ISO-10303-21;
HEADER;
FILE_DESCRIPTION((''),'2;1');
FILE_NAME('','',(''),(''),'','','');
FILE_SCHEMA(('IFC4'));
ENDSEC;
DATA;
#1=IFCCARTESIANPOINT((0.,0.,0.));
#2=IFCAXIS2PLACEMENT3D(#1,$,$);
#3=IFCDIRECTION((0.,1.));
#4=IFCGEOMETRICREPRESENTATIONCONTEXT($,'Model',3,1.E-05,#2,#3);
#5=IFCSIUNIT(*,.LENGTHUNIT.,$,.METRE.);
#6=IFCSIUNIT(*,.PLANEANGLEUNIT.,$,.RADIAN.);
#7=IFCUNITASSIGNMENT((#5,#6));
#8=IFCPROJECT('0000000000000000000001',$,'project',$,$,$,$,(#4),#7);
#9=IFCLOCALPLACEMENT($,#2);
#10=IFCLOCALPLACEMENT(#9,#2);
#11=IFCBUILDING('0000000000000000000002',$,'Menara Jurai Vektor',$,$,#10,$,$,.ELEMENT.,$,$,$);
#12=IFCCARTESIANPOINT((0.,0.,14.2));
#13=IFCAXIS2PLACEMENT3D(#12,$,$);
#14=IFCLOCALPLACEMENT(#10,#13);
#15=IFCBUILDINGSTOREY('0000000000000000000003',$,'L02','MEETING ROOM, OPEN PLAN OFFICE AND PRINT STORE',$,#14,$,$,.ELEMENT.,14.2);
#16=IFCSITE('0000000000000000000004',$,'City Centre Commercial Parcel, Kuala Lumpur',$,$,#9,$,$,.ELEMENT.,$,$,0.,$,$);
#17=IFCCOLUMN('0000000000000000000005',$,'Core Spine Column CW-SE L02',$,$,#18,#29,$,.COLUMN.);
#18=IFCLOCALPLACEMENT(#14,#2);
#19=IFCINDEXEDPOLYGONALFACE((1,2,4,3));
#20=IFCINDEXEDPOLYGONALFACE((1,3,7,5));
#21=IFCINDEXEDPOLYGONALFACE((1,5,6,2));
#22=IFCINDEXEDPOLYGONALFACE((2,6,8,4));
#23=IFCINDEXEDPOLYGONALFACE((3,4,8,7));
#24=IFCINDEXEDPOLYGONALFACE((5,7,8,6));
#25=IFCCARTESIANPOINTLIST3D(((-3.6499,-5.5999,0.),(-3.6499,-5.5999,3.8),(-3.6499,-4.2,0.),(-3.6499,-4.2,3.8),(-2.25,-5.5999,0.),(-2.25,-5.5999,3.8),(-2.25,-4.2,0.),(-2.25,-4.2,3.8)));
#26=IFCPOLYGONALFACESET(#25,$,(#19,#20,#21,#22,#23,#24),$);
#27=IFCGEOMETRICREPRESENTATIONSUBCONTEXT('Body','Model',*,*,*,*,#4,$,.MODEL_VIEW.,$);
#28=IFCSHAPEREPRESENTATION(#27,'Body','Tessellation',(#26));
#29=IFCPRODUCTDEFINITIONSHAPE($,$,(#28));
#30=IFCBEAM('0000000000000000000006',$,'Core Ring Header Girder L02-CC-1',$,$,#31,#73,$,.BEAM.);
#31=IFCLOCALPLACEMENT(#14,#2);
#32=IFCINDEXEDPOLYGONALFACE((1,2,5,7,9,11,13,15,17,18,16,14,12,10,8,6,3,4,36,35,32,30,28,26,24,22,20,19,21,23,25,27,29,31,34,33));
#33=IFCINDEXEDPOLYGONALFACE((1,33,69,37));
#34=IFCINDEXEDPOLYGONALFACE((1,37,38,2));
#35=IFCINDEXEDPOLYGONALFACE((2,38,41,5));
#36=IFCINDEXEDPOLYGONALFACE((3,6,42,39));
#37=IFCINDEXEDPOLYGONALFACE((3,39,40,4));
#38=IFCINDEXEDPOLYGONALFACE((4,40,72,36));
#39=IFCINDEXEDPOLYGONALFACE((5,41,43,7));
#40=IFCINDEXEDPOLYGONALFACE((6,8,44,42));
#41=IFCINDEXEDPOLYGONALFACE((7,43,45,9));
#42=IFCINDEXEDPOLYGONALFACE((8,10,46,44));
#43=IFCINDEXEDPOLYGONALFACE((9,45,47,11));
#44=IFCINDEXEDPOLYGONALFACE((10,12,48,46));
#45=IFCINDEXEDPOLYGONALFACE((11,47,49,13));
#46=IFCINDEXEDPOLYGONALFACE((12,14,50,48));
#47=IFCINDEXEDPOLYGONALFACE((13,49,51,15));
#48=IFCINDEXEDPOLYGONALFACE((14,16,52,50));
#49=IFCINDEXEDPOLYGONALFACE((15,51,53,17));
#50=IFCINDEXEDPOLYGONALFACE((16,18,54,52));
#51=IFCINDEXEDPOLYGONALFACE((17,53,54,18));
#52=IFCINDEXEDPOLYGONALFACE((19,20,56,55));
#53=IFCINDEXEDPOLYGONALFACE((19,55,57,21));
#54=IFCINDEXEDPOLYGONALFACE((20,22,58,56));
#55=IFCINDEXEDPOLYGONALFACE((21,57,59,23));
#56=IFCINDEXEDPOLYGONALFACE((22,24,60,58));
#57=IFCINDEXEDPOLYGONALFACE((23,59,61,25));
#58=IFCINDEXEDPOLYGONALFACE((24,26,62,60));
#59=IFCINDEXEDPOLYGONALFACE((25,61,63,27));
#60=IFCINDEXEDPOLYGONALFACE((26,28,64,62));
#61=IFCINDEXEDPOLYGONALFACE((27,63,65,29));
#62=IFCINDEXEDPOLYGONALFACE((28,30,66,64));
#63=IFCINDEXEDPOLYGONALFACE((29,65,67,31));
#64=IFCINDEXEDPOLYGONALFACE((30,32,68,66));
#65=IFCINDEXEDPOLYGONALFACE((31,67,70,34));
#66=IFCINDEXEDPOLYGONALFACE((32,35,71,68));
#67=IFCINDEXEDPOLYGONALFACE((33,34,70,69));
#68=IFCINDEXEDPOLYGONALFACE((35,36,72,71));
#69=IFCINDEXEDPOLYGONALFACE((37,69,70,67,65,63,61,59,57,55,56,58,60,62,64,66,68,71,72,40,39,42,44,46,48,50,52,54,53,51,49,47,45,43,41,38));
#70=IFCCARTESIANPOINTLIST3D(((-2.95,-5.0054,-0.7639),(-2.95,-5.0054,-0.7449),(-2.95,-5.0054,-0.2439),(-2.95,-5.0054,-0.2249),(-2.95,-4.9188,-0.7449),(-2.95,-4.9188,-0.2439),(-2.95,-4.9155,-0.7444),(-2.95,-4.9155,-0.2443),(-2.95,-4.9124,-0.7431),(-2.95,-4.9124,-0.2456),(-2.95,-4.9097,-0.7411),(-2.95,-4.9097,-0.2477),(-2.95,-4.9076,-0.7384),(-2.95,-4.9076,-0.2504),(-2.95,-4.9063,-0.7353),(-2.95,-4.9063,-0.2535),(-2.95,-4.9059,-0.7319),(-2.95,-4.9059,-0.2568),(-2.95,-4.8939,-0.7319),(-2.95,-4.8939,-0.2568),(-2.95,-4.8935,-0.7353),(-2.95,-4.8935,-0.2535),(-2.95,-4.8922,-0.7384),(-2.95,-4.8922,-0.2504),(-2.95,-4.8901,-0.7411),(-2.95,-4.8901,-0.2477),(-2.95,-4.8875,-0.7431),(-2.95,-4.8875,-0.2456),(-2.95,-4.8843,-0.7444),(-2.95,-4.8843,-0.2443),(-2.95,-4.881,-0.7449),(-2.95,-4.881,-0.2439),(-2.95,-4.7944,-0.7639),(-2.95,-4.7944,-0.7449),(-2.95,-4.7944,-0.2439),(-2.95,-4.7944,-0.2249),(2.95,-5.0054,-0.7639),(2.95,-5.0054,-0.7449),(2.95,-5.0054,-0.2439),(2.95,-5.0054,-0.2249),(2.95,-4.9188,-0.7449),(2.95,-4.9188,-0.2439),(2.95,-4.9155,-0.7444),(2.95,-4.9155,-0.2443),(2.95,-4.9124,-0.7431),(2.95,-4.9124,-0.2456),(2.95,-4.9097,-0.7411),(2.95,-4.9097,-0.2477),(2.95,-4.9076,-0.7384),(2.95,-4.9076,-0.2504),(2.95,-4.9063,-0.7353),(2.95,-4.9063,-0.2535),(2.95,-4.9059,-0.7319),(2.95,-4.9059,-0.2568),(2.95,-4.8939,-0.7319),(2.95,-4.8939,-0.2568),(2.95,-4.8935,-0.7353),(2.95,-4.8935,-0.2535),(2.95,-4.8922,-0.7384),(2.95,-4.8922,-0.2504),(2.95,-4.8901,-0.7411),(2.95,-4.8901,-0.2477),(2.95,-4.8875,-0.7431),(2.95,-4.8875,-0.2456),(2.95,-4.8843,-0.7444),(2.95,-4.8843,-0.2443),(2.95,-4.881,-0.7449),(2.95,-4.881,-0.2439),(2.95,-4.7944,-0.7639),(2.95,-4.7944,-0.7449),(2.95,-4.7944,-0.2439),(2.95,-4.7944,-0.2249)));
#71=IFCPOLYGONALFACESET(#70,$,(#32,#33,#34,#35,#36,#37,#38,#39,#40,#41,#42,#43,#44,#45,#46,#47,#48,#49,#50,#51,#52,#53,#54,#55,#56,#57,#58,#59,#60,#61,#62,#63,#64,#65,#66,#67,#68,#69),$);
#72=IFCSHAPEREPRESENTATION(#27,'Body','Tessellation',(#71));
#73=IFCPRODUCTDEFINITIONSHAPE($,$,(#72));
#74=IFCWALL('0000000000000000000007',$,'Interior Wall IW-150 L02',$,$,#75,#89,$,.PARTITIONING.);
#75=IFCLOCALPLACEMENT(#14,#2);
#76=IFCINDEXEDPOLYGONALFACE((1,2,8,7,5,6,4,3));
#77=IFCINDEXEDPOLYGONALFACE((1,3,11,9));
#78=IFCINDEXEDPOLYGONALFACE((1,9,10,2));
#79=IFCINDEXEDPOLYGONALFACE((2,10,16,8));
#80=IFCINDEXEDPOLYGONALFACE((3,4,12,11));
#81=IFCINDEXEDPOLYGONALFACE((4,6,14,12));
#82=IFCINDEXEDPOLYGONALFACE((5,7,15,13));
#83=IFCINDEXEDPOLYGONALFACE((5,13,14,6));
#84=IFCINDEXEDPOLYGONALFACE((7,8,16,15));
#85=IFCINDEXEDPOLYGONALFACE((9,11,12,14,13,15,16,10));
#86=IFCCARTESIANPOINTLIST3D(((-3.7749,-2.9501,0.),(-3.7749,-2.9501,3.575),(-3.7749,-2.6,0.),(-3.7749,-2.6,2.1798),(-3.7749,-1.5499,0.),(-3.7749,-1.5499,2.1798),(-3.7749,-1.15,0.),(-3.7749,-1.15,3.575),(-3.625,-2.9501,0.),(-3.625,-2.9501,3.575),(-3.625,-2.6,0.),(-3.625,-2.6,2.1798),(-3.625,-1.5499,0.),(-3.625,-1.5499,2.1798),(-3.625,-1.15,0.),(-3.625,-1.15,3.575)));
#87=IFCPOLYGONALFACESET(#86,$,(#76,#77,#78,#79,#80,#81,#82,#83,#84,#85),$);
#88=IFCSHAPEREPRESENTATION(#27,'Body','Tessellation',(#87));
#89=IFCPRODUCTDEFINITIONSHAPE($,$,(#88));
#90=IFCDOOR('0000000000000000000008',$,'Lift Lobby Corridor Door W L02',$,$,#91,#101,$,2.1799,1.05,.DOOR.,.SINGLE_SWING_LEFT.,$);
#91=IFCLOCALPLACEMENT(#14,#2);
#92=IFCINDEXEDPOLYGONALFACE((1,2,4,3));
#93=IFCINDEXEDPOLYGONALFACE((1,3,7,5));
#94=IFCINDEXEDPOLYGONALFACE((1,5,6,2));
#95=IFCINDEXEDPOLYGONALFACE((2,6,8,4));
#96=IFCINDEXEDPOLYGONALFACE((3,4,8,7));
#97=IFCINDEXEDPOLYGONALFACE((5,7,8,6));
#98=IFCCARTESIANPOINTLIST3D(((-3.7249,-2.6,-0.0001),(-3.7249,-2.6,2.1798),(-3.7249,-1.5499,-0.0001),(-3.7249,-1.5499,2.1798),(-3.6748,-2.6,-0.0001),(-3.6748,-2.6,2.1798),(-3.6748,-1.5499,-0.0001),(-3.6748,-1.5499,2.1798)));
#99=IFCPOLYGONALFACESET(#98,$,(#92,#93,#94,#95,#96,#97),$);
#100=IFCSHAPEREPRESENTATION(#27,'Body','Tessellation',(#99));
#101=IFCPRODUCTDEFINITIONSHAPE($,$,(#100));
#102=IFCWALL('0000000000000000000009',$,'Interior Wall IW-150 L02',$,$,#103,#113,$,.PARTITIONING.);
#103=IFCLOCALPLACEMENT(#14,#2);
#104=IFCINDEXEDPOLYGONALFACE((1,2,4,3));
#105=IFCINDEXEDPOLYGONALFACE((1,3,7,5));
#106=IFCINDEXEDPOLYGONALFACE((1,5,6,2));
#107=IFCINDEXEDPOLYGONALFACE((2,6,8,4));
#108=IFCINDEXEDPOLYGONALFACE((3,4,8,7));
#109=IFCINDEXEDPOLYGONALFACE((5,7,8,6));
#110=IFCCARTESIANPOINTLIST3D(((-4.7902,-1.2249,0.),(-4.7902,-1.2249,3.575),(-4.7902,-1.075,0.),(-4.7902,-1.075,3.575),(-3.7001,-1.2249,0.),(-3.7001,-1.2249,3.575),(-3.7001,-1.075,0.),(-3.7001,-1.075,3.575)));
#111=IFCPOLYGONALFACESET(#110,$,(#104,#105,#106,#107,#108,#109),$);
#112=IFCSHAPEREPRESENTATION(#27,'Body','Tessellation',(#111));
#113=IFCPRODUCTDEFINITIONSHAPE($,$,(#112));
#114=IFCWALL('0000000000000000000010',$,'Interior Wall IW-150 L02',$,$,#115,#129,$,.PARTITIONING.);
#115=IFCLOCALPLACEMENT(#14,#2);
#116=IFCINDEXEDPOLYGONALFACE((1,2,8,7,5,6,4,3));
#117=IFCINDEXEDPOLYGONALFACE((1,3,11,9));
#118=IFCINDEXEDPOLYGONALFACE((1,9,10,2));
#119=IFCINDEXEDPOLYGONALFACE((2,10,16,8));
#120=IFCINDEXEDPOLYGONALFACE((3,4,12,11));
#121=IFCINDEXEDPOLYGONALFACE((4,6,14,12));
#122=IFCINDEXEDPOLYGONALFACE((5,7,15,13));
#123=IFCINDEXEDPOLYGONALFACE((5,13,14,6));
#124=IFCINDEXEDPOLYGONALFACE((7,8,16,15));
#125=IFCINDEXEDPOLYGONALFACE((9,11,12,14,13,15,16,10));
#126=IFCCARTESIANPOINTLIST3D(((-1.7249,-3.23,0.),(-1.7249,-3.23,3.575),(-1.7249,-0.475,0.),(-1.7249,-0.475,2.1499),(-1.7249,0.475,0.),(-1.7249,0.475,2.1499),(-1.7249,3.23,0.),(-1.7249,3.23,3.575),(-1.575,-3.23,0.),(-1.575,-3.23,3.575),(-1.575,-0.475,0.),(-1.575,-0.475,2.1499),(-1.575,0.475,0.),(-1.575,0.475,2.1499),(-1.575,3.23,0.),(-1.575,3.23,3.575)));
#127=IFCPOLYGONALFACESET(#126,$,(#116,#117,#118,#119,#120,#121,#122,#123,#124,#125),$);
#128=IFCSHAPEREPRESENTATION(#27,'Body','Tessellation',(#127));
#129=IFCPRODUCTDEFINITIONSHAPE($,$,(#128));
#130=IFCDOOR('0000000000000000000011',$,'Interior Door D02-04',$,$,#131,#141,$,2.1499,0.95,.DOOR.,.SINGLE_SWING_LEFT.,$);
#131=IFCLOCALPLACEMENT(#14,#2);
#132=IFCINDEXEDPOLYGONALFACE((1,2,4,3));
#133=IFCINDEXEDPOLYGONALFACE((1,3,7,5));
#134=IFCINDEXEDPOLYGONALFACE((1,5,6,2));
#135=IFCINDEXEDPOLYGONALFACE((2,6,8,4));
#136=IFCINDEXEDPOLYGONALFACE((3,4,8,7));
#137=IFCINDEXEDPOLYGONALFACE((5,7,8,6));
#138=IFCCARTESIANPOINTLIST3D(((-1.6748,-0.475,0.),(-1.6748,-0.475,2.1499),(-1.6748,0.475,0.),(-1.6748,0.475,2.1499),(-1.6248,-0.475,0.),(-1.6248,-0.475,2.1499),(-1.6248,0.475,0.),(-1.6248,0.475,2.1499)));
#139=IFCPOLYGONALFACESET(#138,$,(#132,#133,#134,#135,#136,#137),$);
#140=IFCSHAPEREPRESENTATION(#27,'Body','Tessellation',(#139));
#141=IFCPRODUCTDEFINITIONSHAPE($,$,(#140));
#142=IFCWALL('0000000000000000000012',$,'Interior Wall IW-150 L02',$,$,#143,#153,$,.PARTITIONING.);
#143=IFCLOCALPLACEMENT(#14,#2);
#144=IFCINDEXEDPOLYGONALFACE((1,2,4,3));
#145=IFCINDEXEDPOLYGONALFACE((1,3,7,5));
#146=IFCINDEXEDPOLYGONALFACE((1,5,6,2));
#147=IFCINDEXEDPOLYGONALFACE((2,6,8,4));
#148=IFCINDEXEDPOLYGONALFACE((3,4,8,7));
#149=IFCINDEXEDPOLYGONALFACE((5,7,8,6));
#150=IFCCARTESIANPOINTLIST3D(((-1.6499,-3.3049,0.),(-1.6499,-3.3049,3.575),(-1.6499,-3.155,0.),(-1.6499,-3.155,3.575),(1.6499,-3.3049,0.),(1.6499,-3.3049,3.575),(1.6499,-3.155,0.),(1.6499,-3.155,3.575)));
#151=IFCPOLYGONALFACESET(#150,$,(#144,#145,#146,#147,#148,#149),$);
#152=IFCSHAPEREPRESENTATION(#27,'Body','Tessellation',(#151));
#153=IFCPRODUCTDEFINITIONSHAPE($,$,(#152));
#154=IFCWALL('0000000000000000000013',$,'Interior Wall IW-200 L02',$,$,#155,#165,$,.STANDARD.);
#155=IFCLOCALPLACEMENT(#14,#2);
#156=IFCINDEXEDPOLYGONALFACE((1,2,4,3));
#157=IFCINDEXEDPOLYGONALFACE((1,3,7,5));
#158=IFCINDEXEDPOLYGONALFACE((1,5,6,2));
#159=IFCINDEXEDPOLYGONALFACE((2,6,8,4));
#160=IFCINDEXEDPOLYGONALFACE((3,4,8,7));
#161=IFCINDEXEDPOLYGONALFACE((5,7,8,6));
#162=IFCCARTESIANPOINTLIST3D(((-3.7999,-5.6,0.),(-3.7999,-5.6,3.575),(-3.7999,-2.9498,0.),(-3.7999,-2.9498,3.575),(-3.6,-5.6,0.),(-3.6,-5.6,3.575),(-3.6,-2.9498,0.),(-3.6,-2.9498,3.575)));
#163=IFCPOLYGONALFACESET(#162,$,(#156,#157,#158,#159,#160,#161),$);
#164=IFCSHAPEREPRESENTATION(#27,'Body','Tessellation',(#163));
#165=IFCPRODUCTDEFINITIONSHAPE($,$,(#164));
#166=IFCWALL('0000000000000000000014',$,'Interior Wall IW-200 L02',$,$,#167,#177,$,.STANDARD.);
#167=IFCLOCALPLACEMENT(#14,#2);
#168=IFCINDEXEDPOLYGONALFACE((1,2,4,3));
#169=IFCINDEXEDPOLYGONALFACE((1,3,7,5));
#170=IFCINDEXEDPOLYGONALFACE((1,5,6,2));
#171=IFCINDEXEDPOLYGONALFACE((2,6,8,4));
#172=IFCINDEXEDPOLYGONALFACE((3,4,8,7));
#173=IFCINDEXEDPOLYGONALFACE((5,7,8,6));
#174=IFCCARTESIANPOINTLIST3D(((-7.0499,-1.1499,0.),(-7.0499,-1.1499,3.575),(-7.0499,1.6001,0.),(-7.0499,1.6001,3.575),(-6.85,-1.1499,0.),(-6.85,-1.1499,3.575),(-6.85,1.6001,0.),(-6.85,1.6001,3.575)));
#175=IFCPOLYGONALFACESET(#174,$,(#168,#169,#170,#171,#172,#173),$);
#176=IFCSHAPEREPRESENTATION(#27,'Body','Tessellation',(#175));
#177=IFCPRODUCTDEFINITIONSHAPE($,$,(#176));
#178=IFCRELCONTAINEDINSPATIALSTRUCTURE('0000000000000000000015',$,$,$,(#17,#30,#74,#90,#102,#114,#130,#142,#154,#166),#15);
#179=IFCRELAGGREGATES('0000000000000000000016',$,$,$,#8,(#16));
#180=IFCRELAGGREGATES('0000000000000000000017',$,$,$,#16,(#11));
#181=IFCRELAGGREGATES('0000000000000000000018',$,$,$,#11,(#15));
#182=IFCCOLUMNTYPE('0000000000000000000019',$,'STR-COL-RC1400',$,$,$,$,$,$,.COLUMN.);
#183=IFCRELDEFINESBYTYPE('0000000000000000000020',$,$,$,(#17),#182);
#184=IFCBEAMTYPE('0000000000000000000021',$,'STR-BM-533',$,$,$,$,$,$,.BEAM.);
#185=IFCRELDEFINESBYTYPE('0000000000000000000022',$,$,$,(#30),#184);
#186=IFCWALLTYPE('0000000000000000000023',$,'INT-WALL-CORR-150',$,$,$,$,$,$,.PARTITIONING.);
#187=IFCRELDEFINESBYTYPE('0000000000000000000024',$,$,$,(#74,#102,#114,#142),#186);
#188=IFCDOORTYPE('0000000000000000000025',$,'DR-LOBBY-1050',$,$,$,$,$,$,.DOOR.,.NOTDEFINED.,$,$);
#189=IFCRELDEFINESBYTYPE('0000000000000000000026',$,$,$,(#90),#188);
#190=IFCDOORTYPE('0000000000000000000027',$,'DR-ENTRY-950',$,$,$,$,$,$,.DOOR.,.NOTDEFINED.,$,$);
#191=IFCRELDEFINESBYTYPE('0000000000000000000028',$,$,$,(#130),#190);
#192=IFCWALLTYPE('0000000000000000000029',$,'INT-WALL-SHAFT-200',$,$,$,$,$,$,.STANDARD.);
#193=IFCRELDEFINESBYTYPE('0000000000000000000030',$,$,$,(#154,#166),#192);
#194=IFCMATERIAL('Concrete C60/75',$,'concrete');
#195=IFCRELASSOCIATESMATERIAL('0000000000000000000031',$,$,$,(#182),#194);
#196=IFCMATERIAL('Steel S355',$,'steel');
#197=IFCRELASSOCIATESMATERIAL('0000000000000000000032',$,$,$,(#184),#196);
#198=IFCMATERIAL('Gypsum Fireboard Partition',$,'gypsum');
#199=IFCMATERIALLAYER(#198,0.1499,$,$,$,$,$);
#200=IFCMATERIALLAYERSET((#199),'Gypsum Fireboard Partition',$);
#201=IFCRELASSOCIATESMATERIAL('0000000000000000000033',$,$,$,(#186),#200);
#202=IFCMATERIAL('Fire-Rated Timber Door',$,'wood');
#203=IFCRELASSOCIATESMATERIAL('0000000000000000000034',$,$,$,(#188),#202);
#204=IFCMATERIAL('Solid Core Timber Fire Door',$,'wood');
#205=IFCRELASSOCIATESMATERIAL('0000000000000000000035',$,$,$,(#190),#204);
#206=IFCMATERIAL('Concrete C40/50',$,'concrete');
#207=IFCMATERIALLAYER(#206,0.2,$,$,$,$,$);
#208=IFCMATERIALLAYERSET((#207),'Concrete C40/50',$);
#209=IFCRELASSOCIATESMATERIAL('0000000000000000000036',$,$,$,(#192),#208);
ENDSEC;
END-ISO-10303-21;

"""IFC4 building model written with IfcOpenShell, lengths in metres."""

from ifc_helpers import new_model, si_unit, direction, frame, frame_2d, origin, origin_2d, place, context, subcontext, project, spatial, rectangle, i_section, extrude, material, layer, layer_set, material_profile, profile_set, type_object, element, fill, save


model = new_model("IFC4")

# Units and contexts
model_context = context("Model", 3, precision=1e-05, world=origin(), true_north=direction((0.0, 1.0)))
body_context = subcontext(model_context, "Body", "Model", "MODEL_VIEW")
ifc_project = project(units=[si_unit("LENGTHUNIT", "METRE"), si_unit("PLANEANGLEUNIT", "RADIAN")], contexts=[model_context])

# Site, building, storey
site_placement = place(None, origin())
site = spatial("IfcSite", under=ifc_project, at=site_placement, Name="City Centre Commercial Parcel, Kuala Lumpur", CompositionType="ELEMENT", RefElevation=0.0)
building_placement = place(site_placement, origin())
building = spatial("IfcBuilding", under=site, at=building_placement, Name="Menara Jurai Vektor", CompositionType="ELEMENT")
storey_placement = place(building_placement, frame((0.0, 0.0, 14.2)))
storey = spatial("IfcBuildingStorey", under=building, at=storey_placement, Name="L02", Description="MEETING ROOM, OPEN PLAN OFFICE AND PRINT STORE", CompositionType="ELEMENT", Elevation=14.2)

# Column
ifc_material_1 = material(Name="Concrete C60/75", Category="concrete")
ifc_material_profile_1 = material_profile(ifc_material_1, rectangle(XDim=1.3999, YDim=1.3999, at=origin_2d()), Name="RC 1400x1400")
ifc_profile_set_1 = profile_set([ifc_material_profile_1], Name="Concrete C60/75")
column_type = type_object("IfcColumnType", Name="STR-COL-RC1400", PredefinedType="COLUMN", material=ifc_profile_set_1)
column_placement = place(storey_placement, frame((-2.95, -4.8999, 0.0), z_axis=(0.0, 0.0, 1.0), x_axis=(1.0, 0.0, 0.0)))
element("IfcColumn", 1, at=column_placement, inside=storey, type_object=column_type, Name="Core Spine Column CW-SE L02", PredefinedType="COLUMN", context=body_context, shape_type="SweptSolid", body=[
    extrude(rectangle(XDim=1.3999, YDim=1.3999, at=origin_2d()), origin(), (0.0, 0.0, 1.0), 3.8),
])

# Beam
ifc_material_2 = material(Name="Steel S355", Category="steel")
ifc_material_profile_2 = material_profile(ifc_material_2, i_section(OverallWidth=0.2109, OverallDepth=0.5391, WebThickness=0.012, FlangeThickness=0.019, FilletRadius=0.0129, at=origin_2d()), Name="UKB 533x210x109")
ifc_profile_set_2 = profile_set([ifc_material_profile_2], Name="Steel S355")
beam_type = type_object("IfcBeamType", Name="STR-BM-533", PredefinedType="BEAM", material=ifc_profile_set_2)
beam_placement = place(storey_placement, frame((-2.95, -4.8999, -0.4944), z_axis=(1.0, 0.0, 0.0), x_axis=(0.0, 1.0, 0.0)))
element("IfcBeam", 2, at=beam_placement, inside=storey, type_object=beam_type, Name="Core Ring Header Girder L02-CC-1", PredefinedType="BEAM", context=body_context, shape_type="SweptSolid", body=[
    extrude(i_section(OverallWidth=0.2109, OverallDepth=0.5391, WebThickness=0.012, FlangeThickness=0.019, FilletRadius=0.0129, at=origin_2d()), origin(), (0.0, 0.0, 1.0), 5.8999),
])

# Wall, opening, door
ifc_material_3 = material(Name="Gypsum Fireboard Partition", Category="gypsum")
ifc_layer_1 = layer(ifc_material_3, 0.1499)
ifc_layer_set_1 = layer_set([ifc_layer_1], Name="Gypsum Fireboard Partition")
wall_type_1 = type_object("IfcWallType", Name="INT-WALL-CORR-150", PredefinedType="PARTITIONING", material=ifc_layer_set_1)
wall_1_placement = place(storey_placement, frame((-3.7, -2.95, 0.0), z_axis=(0.0, 0.0, 1.0), x_axis=(0.0, 1.0, 0.0)))
wall_1 = element("IfcWall", 3, at=wall_1_placement, inside=storey, type_object=wall_type_1, Name="Interior Wall IW-150 L02", PredefinedType="PARTITIONING", context=body_context, shape_type="SweptSolid", body=[
    extrude(rectangle(XDim=1.8, YDim=0.1499, at=frame_2d((0.8999, 0.0))), origin(), (0.0, 0.0, 1.0), 3.575),
])
opening_1_placement = place(wall_1_placement, frame((0.3501, 0.0, 0.0)))
opening_1 = element("IfcOpeningElement", 4, at=opening_1_placement, cuts=wall_1, PredefinedType="OPENING", context=body_context, shape_type="SweptSolid", body=[
    extrude(rectangle(XDim=1.05, YDim=2.1799, at=frame_2d((0.5249, 1.0898))), frame((0.0, 0.085, 0.0), z_axis=(0.0, -1.0, 0.0), x_axis=(1.0, 0.0, 0.0)), (0.0, 0.0, 1.0), 0.1699),
])
ifc_material_4 = material(Name="Fire-Rated Timber Door", Category="wood")
door_type_1 = type_object("IfcDoorType", Name="DR-LOBBY-1050", OperationType="NOTDEFINED", PredefinedType="DOOR", material=ifc_material_4)
door_1_placement = place(opening_1_placement, origin())
door_1 = element("IfcDoor", 5, at=door_1_placement, inside=storey, type_object=door_type_1, Name="Lift Lobby Corridor Door W L02", OperationType="SINGLE_SWING_LEFT", OverallHeight=2.1799, OverallWidth=1.05, PredefinedType="DOOR", context=body_context, shape_type="SweptSolid", body=[
    extrude(rectangle(XDim=1.05, YDim=2.1799, at=frame_2d((0.5249, 1.0898))), frame((0.0, 0.0249, 0.0), z_axis=(0.0, -1.0, 0.0), x_axis=(1.0, 0.0, 0.0)), (0.0, 0.0, 1.0), 0.05),
])
fill(opening_1, door_1)

# Wall
wall_2_placement = place(storey_placement, frame((-4.79, -1.1499, 0.0), z_axis=(0.0, 0.0, 1.0), x_axis=(1.0, 0.0, 0.0)))
element("IfcWall", 6, at=wall_2_placement, inside=storey, type_object=wall_type_1, Name="Interior Wall IW-150 L02", PredefinedType="PARTITIONING", context=body_context, shape_type="SweptSolid", body=[
    extrude(rectangle(XDim=1.0901, YDim=0.1499, at=frame_2d((0.5449, 0.0))), origin(), (0.0, 0.0, 1.0), 3.575),
])

# Wall, opening, door
wall_3_placement = place(storey_placement, frame((-1.6499, -3.23, 0.0), z_axis=(0.0, 0.0, 1.0), x_axis=(0.0, 1.0, 0.0)))
wall_3 = element("IfcWall", 7, at=wall_3_placement, inside=storey, type_object=wall_type_1, Name="Interior Wall IW-150 L02", PredefinedType="PARTITIONING", context=body_context, shape_type="SweptSolid", body=[
    extrude(rectangle(XDim=6.46, YDim=0.1499, at=frame_2d((3.23, 0.0))), origin(), (0.0, 0.0, 1.0), 3.575),
])
opening_2_placement = place(wall_3_placement, frame((2.7549, 0.0, 0.0)))
opening_2 = element("IfcOpeningElement", 8, at=opening_2_placement, cuts=wall_3, PredefinedType="OPENING", context=body_context, shape_type="SweptSolid", body=[
    extrude(rectangle(XDim=0.95, YDim=2.1499, at=frame_2d((0.4751, 1.075))), frame((0.0, 0.085, 0.0), z_axis=(0.0, -1.0, 0.0), x_axis=(1.0, 0.0, 0.0)), (0.0, 0.0, 1.0), 0.1699),
])
ifc_material_5 = material(Name="Solid Core Timber Fire Door", Category="wood")
door_type_2 = type_object("IfcDoorType", Name="DR-ENTRY-950", OperationType="NOTDEFINED", PredefinedType="DOOR", material=ifc_material_5)
door_2_placement = place(opening_2_placement, origin())
door_2 = element("IfcDoor", 9, at=door_2_placement, inside=storey, type_object=door_type_2, Name="Interior Door D02-04", OperationType="SINGLE_SWING_LEFT", OverallHeight=2.1499, OverallWidth=0.95, PredefinedType="DOOR", context=body_context, shape_type="SweptSolid", body=[
    extrude(rectangle(XDim=0.95, YDim=2.1499, at=frame_2d((0.4751, 1.075))), frame((0.0, 0.0249, 0.0), z_axis=(0.0, -1.0, 0.0), x_axis=(1.0, 0.0, 0.0)), (0.0, 0.0, 1.0), 0.05),
])
fill(opening_2, door_2)

# Wall
wall_4_placement = place(storey_placement, frame((-1.6499, -3.23, 0.0), z_axis=(0.0, 0.0, 1.0), x_axis=(1.0, 0.0, 0.0)))
element("IfcWall", 10, at=wall_4_placement, inside=storey, type_object=wall_type_1, Name="Interior Wall IW-150 L02", PredefinedType="PARTITIONING", context=body_context, shape_type="SweptSolid", body=[
    extrude(rectangle(XDim=3.2998, YDim=0.1499, at=frame_2d((1.6499, 0.0))), origin(), (0.0, 0.0, 1.0), 3.575),
])

# Shared definitions
ifc_material_6 = material(Name="Concrete C40/50", Category="concrete")
ifc_layer_2 = layer(ifc_material_6, 0.2)
ifc_layer_set_2 = layer_set([ifc_layer_2], Name="Concrete C40/50")
wall_type_2 = type_object("IfcWallType", Name="INT-WALL-SHAFT-200", PredefinedType="STANDARD", material=ifc_layer_set_2)

# Walls
wall_5_placement = place(storey_placement, frame((-3.7, -5.6001, 0.0), z_axis=(0.0, 0.0, 1.0), x_axis=(0.0, 1.0, 0.0)))
element("IfcWall", 11, at=wall_5_placement, inside=storey, type_object=wall_type_2, Name="Interior Wall IW-200 L02", PredefinedType="STANDARD", context=body_context, shape_type="SweptSolid", body=[
    extrude(rectangle(XDim=2.6501, YDim=0.2, at=frame_2d((1.3252, 0.0))), origin(), (0.0, 0.0, 1.0), 3.575),
])
for number, where, z_axis, x_axis, name in (
    (12, (-6.95, -1.1499, 0.0), (0.0, 0.0, 1.0), (0.0, 1.0, 0.0), "Interior Wall IW-200 L02"),
):
    element("IfcWall", number, at=place(storey_placement, frame(where, z_axis=z_axis, x_axis=x_axis)), inside=storey, type_object=wall_type_2, Name=name, PredefinedType="STANDARD", context=body_context, shape_type="SweptSolid", body=[
        extrude(rectangle(XDim=2.75, YDim=0.2, at=frame_2d((1.375, 0.0))), origin(), (0.0, 0.0, 1.0), 3.575),
    ])

save(model, "model.ifc")
